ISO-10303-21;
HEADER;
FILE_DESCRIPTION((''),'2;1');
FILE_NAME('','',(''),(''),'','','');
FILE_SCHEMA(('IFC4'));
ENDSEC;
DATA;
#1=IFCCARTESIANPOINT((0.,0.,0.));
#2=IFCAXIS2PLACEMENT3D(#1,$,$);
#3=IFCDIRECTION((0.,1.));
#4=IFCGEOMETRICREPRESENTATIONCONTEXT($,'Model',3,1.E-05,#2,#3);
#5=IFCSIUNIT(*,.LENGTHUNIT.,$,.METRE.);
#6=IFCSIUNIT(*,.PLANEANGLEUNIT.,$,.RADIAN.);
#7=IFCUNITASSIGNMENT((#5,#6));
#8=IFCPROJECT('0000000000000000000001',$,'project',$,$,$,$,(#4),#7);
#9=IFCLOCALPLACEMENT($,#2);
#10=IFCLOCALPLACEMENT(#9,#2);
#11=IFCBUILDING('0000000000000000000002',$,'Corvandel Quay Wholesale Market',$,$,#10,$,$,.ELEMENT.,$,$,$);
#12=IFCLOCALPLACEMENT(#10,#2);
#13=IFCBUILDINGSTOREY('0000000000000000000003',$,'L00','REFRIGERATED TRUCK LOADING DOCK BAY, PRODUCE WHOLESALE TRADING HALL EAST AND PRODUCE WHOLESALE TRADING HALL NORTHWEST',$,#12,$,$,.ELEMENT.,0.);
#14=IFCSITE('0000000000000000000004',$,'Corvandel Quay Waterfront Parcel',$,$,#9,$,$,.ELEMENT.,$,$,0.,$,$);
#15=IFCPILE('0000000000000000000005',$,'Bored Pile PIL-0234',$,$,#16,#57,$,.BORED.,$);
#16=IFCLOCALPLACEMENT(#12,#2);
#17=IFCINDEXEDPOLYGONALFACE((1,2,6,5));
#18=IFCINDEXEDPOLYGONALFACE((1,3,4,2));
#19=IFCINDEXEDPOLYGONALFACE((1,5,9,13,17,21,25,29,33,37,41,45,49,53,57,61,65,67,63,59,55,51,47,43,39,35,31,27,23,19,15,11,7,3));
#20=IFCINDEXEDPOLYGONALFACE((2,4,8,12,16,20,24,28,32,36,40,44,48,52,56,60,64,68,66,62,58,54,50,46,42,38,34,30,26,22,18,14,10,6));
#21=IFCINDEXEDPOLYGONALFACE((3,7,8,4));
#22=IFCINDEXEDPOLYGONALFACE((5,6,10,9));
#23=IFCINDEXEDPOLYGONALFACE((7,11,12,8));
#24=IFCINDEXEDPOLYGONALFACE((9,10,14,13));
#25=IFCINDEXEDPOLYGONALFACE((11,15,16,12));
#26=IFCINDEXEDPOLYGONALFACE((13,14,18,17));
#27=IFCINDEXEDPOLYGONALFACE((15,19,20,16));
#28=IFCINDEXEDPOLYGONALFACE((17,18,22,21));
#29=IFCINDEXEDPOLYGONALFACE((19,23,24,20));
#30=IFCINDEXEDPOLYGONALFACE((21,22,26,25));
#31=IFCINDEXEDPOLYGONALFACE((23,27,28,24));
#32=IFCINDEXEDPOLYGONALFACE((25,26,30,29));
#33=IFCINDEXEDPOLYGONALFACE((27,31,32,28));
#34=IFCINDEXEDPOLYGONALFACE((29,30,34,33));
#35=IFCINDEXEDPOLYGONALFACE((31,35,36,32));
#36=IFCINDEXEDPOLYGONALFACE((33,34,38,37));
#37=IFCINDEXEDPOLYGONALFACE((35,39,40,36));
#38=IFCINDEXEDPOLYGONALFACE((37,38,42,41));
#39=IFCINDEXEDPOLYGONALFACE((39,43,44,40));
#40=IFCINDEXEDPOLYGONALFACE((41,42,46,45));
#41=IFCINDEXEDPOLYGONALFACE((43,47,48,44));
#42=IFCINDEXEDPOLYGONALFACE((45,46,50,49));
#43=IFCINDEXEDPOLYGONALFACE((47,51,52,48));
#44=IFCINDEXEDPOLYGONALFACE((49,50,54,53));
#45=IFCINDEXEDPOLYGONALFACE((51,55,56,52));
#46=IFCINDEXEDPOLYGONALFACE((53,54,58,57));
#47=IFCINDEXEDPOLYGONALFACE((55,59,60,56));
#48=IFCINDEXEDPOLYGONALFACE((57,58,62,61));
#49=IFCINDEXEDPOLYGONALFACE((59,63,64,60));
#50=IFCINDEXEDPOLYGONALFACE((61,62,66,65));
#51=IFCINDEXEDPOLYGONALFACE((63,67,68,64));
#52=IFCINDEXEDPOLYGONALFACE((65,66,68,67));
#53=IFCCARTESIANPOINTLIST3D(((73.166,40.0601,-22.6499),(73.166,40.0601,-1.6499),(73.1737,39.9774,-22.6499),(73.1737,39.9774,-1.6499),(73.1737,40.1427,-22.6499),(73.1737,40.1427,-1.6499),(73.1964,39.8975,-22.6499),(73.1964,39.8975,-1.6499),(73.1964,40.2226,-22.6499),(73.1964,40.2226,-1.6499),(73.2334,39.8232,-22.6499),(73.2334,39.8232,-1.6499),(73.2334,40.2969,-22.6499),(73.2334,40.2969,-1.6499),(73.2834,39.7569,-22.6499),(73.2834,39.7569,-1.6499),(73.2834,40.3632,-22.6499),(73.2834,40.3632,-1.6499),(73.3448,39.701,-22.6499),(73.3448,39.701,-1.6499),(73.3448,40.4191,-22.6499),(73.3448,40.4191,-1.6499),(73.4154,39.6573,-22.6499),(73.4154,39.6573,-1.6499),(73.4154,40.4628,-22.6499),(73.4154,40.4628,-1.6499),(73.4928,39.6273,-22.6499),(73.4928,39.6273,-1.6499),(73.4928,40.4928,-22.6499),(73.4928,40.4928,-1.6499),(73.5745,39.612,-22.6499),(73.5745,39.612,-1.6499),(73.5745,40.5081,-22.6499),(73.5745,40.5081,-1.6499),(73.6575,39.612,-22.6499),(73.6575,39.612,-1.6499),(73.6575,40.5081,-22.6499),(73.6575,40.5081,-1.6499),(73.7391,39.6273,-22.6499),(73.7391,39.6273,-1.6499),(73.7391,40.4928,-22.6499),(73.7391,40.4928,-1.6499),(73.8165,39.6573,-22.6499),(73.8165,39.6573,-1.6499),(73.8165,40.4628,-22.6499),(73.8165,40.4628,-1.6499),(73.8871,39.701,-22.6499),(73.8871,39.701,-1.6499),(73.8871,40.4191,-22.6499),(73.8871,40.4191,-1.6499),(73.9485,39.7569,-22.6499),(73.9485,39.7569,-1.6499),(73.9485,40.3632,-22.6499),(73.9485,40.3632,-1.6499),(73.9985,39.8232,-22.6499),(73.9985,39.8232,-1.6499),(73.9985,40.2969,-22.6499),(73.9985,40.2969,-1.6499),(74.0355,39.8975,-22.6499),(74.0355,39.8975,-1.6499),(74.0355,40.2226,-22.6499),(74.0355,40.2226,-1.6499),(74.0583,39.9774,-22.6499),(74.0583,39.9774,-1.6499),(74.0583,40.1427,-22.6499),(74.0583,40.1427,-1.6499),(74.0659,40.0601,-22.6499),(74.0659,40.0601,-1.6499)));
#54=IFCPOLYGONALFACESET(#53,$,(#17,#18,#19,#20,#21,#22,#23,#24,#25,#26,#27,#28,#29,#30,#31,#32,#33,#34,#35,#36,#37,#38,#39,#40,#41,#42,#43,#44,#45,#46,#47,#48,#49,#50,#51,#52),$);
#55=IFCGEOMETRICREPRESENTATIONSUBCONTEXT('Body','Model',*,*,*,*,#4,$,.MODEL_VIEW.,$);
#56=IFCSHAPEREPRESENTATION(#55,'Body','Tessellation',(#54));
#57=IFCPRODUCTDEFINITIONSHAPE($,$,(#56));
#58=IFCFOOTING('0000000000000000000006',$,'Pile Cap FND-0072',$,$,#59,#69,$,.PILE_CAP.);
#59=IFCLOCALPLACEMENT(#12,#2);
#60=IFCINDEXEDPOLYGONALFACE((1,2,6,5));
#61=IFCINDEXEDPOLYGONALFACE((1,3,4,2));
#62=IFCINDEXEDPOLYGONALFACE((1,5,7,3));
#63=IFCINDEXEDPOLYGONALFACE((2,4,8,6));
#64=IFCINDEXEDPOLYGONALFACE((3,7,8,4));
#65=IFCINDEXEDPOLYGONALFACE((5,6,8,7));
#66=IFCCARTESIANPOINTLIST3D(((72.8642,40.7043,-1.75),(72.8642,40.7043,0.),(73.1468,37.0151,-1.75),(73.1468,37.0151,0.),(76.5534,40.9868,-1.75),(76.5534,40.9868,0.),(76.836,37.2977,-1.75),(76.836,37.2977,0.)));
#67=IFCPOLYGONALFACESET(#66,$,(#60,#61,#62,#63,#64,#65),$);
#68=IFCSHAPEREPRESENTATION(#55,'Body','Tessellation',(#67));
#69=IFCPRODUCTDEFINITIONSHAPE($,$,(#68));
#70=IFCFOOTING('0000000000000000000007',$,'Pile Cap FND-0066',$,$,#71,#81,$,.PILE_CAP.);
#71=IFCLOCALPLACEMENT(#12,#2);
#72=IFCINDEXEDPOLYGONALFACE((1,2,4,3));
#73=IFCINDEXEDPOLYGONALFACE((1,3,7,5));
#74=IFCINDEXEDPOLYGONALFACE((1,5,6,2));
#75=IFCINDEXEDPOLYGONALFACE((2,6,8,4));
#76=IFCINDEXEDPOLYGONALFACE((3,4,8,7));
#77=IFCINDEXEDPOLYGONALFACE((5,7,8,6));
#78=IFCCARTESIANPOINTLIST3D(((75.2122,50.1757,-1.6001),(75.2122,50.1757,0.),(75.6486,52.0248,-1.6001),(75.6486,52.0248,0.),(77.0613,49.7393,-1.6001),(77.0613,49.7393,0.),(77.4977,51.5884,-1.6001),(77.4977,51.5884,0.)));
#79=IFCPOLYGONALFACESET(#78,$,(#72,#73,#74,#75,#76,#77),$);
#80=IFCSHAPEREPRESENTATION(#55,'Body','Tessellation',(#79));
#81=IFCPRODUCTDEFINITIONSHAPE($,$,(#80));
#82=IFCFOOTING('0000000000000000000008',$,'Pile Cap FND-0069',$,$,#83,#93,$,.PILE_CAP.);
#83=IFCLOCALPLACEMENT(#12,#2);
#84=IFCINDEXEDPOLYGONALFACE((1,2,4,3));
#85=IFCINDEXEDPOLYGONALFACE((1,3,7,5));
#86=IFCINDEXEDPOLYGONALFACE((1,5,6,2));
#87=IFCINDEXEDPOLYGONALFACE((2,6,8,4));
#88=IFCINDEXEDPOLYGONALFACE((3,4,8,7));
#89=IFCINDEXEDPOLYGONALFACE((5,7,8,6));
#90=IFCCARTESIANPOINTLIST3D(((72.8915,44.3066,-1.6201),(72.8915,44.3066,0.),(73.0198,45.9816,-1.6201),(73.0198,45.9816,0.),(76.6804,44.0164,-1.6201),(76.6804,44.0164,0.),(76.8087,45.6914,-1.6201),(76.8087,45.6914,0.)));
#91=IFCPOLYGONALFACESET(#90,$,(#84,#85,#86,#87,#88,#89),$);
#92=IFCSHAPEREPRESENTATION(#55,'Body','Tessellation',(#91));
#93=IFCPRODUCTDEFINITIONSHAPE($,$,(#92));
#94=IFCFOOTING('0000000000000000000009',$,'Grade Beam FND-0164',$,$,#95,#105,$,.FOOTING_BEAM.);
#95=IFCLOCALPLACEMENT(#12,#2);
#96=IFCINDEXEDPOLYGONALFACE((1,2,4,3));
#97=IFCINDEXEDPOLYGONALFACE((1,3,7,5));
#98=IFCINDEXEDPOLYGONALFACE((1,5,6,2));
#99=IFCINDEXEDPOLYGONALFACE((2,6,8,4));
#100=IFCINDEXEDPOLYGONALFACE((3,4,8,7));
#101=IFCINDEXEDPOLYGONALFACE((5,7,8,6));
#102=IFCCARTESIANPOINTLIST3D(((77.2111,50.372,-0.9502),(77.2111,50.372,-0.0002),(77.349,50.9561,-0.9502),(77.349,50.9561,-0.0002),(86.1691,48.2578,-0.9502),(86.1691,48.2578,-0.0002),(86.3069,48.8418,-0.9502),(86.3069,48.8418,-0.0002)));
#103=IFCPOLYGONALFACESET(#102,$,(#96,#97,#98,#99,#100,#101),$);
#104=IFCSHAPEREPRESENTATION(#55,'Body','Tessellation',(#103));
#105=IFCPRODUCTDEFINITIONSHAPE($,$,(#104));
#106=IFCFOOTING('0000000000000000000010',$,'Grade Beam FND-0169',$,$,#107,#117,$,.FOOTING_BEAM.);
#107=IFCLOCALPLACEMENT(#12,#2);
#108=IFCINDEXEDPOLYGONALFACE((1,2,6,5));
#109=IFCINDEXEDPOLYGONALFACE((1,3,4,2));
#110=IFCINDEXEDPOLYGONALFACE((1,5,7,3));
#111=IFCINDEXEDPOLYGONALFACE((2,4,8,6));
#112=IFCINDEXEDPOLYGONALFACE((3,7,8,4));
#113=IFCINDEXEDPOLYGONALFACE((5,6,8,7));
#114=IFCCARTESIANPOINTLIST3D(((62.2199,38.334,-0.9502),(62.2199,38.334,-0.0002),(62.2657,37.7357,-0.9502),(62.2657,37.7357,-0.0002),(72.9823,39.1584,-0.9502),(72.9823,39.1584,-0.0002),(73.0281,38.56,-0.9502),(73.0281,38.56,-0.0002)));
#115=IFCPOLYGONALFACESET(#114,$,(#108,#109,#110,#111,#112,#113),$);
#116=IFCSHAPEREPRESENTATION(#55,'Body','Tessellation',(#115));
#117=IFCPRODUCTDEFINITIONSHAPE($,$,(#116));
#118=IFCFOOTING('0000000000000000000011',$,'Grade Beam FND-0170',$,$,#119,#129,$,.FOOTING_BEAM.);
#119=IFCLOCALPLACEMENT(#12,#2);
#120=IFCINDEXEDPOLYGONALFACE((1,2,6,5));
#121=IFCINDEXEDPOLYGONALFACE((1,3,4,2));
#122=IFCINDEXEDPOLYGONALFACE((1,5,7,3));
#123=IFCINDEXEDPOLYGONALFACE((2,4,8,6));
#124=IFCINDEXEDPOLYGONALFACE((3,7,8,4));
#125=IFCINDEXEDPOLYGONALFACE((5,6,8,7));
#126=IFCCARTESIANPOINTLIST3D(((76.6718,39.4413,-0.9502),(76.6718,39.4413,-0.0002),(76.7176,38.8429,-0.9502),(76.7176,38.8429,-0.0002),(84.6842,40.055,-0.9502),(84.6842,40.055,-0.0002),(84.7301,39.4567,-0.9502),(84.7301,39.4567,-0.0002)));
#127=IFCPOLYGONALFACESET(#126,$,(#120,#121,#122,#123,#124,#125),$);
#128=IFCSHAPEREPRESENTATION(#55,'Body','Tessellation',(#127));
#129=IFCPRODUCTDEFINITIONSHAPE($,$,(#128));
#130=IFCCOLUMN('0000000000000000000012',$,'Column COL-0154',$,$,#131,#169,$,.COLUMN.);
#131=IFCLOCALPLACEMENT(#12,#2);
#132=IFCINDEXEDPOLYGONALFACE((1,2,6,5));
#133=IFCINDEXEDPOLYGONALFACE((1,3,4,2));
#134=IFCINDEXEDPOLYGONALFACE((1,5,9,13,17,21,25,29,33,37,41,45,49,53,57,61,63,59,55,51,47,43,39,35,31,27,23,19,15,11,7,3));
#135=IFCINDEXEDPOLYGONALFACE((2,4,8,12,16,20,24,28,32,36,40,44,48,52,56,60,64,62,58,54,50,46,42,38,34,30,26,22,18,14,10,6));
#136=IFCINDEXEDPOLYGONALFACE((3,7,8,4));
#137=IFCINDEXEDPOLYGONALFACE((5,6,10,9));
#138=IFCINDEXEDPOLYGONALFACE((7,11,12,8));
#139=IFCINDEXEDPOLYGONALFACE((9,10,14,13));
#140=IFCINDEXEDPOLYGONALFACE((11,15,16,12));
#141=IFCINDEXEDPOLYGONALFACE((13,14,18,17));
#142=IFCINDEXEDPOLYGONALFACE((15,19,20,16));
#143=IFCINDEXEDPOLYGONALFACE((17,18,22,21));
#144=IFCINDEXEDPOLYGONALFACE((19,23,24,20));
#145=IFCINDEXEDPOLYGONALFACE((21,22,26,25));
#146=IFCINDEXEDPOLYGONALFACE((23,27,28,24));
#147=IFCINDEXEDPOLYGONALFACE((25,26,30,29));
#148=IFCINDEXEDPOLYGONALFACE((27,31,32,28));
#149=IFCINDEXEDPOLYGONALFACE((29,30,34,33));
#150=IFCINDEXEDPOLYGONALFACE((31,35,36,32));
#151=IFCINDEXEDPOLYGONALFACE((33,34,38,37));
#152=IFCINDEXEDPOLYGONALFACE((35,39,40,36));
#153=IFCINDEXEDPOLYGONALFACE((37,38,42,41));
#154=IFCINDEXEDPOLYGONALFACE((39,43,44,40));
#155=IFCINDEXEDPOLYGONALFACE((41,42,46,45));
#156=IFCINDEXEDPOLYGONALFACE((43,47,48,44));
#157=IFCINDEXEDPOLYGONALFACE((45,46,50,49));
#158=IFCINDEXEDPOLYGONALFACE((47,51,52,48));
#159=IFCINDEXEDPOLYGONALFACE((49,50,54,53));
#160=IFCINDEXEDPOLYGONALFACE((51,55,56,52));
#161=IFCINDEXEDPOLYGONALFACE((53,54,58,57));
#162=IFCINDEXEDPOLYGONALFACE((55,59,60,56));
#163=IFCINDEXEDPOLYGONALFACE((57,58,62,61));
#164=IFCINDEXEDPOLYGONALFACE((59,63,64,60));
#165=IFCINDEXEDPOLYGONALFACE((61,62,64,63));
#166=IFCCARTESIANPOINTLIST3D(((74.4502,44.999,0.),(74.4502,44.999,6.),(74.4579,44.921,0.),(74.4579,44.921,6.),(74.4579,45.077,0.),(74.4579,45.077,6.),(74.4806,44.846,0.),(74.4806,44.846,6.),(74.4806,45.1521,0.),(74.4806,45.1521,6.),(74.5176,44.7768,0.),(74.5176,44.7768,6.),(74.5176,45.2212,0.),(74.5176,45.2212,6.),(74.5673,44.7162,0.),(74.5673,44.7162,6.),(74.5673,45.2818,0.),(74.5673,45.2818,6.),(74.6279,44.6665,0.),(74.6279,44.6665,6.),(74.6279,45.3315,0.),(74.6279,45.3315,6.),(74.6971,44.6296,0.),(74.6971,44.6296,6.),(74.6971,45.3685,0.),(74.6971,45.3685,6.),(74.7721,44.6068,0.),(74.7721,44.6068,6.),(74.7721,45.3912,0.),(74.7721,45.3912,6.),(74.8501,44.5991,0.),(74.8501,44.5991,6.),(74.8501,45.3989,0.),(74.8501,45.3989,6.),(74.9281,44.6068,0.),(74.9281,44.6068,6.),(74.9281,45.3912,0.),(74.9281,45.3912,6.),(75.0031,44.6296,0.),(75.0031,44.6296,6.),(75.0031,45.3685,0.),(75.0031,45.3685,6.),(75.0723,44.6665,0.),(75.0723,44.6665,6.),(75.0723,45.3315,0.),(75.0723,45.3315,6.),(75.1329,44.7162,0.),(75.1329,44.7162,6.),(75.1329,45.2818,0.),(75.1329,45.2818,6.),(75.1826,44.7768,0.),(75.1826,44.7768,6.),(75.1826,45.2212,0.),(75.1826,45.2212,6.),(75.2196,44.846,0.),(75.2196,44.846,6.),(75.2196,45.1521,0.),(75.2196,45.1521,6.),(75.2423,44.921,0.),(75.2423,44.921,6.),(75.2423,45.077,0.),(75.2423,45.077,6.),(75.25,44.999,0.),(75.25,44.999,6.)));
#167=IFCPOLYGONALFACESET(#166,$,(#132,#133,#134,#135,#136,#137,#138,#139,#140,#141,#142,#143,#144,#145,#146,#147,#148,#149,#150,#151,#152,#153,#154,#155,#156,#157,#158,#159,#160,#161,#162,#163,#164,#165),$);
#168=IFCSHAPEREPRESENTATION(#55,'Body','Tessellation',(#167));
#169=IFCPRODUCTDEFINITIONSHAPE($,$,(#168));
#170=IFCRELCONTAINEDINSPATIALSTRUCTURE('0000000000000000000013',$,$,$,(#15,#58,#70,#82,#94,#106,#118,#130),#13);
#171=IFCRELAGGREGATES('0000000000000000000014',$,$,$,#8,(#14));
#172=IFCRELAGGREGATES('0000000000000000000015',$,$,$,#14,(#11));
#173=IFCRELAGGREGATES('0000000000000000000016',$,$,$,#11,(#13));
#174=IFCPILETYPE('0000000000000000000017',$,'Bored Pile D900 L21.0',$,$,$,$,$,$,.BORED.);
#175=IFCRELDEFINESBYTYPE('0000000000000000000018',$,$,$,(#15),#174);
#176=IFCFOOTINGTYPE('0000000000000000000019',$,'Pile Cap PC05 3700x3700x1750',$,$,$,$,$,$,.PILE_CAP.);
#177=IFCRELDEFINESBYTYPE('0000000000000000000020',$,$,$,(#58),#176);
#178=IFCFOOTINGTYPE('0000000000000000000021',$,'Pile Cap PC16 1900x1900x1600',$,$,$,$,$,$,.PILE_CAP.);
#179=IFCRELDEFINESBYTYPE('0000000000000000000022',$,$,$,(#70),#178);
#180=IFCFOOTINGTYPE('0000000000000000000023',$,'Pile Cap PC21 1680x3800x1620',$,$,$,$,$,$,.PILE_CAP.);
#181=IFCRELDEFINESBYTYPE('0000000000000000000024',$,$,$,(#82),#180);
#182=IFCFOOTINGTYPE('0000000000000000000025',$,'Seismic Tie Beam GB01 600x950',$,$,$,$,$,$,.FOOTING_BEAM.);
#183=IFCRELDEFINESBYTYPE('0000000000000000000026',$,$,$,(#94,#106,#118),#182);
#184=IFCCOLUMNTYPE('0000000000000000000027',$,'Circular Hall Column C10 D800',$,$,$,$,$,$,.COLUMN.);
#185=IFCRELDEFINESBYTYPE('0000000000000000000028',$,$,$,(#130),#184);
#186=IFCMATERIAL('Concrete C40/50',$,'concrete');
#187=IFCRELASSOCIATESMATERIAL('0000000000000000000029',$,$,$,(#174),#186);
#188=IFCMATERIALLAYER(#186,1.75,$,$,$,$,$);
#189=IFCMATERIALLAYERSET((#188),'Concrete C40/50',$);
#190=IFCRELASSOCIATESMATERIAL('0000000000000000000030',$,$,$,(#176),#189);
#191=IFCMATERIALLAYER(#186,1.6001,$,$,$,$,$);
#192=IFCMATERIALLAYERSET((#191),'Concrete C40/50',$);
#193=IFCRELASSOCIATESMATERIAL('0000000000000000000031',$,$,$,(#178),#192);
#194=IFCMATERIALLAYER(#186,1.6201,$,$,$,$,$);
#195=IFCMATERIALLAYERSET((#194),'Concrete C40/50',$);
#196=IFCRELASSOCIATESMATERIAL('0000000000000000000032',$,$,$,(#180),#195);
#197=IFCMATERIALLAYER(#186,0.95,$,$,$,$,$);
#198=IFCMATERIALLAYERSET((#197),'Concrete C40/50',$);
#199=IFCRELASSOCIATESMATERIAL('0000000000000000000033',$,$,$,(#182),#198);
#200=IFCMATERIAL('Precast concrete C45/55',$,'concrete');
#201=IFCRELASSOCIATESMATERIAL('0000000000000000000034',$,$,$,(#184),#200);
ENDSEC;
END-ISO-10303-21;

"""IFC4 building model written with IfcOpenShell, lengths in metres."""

from ifc_helpers import new_model, si_unit, direction, frame, origin, origin_2d, place, context, subcontext, project, spatial, rectangle, circle, extrude, material, layer, layer_set, material_profile, profile_set, type_object, element, save


model = new_model("IFC4")

# Units and contexts
model_context = context("Model", 3, precision=1e-05, world=origin(), true_north=direction((0.0, 1.0)))
body_context = subcontext(model_context, "Body", "Model", "MODEL_VIEW")
ifc_project = project(units=[si_unit("LENGTHUNIT", "METRE"), si_unit("PLANEANGLEUNIT", "RADIAN")], contexts=[model_context])

# Site, building, storey
site_placement = place(None, origin())
site = spatial("IfcSite", under=ifc_project, at=site_placement, Name="Corvandel Quay Waterfront Parcel", CompositionType="ELEMENT", RefElevation=0.0)
building_placement = place(site_placement, origin())
building = spatial("IfcBuilding", under=site, at=building_placement, Name="Corvandel Quay Wholesale Market", CompositionType="ELEMENT")
storey_placement = place(building_placement, origin())
storey = spatial("IfcBuildingStorey", under=building, at=storey_placement, Name="L00", Description="REFRIGERATED TRUCK LOADING DOCK BAY, PRODUCE WHOLESALE TRADING HALL EAST AND PRODUCE WHOLESALE TRADING HALL NORTHWEST", CompositionType="ELEMENT", Elevation=0.0)

# Pile
ifc_material_1 = material(Name="Concrete C40/50", Category="concrete")
ifc_material_profile_1 = material_profile(ifc_material_1, circle(Radius=0.45, at=origin_2d()), Name="RC-PILE-D900")
ifc_profile_set_1 = profile_set([ifc_material_profile_1], Name="Concrete C40/50")
pile_type_1 = type_object("IfcPileType", Name="Bored Pile D900 L21.0", PredefinedType="BORED", material=ifc_profile_set_1)
for number, where, z_axis, x_axis, name in (
    (1, (73.616, 40.0601, -1.6499), (0.0, 0.0, -1.0), (1.0, 0.0, 0.0), "Bored Pile PIL-0234"),
):
    element("IfcPile", number, at=place(storey_placement, frame(where, z_axis=z_axis, x_axis=x_axis)), inside=storey, type_object=pile_type_1, Name=name, PredefinedType="BORED", context=body_context, shape_type="SweptSolid", body=[
        extrude(circle(Radius=0.45, at=origin_2d()), origin(), (0.0, 0.0, 1.0), 21.0),
    ])

# Footings
ifc_layer_1 = layer(ifc_material_1, 1.75)
ifc_layer_set_1 = layer_set([ifc_layer_1], Name="Concrete C40/50")
footing_type_1 = type_object("IfcFootingType", Name="Pile Cap PC05 3700x3700x1750", PredefinedType="PILE_CAP", material=ifc_layer_set_1)
footing_1_placement = place(storey_placement, frame((74.8501, 39.001, -1.75), z_axis=(0.0, 0.0, 1.0), x_axis=(-0.076371, 0.997079, 0.0)))
element("IfcFooting", 2, at=footing_1_placement, inside=storey, type_object=footing_type_1, Name="Pile Cap FND-0072", PredefinedType="PILE_CAP", context=body_context, shape_type="SweptSolid", body=[
    extrude(rectangle(XDim=3.7, YDim=3.7, at=origin_2d()), origin(), (0.0, 0.0, 1.0), 1.75),
])
ifc_layer_2 = layer(ifc_material_1, 1.6001)
ifc_layer_set_2 = layer_set([ifc_layer_2], Name="Concrete C40/50")
footing_type_2 = type_object("IfcFootingType", Name="Pile Cap PC16 1900x1900x1600", PredefinedType="PILE_CAP", material=ifc_layer_set_2)
footing_2_placement = place(storey_placement, frame((76.355, 50.8821, -1.6001), z_axis=(0.0, 0.0, 1.0), x_axis=(0.22971, 0.973259, 0.0)))
element("IfcFooting", 3, at=footing_2_placement, inside=storey, type_object=footing_type_2, Name="Pile Cap FND-0066", PredefinedType="PILE_CAP", context=body_context, shape_type="SweptSolid", body=[
    extrude(rectangle(XDim=1.8999, YDim=1.8999, at=origin_2d()), origin(), (0.0, 0.0, 1.0), 1.6001),
])
ifc_layer_3 = layer(ifc_material_1, 1.6201)
ifc_layer_set_3 = layer_set([ifc_layer_3], Name="Concrete C40/50")
footing_type_3 = type_object("IfcFootingType", Name="Pile Cap PC21 1680x3800x1620", PredefinedType="PILE_CAP", material=ifc_layer_set_3)
footing_3_placement = place(storey_placement, frame((74.8501, 44.999, -1.6201), z_axis=(0.0, 0.0, 1.0), x_axis=(0.076371, 0.997079, 0.0)))
element("IfcFooting", 4, at=footing_3_placement, inside=storey, type_object=footing_type_3, Name="Pile Cap FND-0069", PredefinedType="PILE_CAP", context=body_context, shape_type="SweptSolid", body=[
    extrude(rectangle(XDim=1.6799, YDim=3.8, at=origin_2d()), origin(), (0.0, 0.0, 1.0), 1.6201),
])
ifc_layer_4 = layer(ifc_material_1, 0.95)
ifc_layer_set_4 = layer_set([ifc_layer_4], Name="Concrete C40/50")
footing_type_4 = type_object("IfcFootingType", Name="Seismic Tie Beam GB01 600x950", PredefinedType="FOOTING_BEAM", material=ifc_layer_set_4)
footing_4_placement = place(storey_placement, frame((81.759, 49.6069, -0.9502), z_axis=(0.0, 0.0, 1.0), x_axis=(-0.973259, 0.22971, 0.0)))
element("IfcFooting", 5, at=footing_4_placement, inside=storey, type_object=footing_type_4, Name="Grade Beam FND-0164", PredefinedType="FOOTING_BEAM", context=body_context, shape_type="SweptSolid", body=[
    extrude(rectangle(XDim=9.2041, YDim=0.6001, at=origin_2d()), origin(), (0.0, 0.0, 1.0), 0.95),
])
footing_5_placement = place(storey_placement, frame((67.624, 38.447, -0.9502), z_axis=(0.0, 0.0, 1.0), x_axis=(0.997079, 0.076371, 0.0)))
element("IfcFooting", 6, at=footing_5_placement, inside=storey, type_object=footing_type_4, Name="Grade Beam FND-0169", PredefinedType="FOOTING_BEAM", context=body_context, shape_type="SweptSolid", body=[
    extrude(rectangle(XDim=10.7939, YDim=0.6001, at=origin_2d()), origin(), (0.0, 0.0, 1.0), 0.95),
])
footing_6_placement = place(storey_placement, frame((80.7009, 39.449, -0.9502), z_axis=(0.0, 0.0, 1.0), x_axis=(0.997079, 0.076371, 0.0)))
element("IfcFooting", 7, at=footing_6_placement, inside=storey, type_object=footing_type_4, Name="Grade Beam FND-0170", PredefinedType="FOOTING_BEAM", context=body_context, shape_type="SweptSolid", body=[
    extrude(rectangle(XDim=8.0359, YDim=0.6001, at=origin_2d()), origin(), (0.0, 0.0, 1.0), 0.95),
])

# Column
ifc_material_2 = material(Name="Precast concrete C45/55", Category="concrete")
ifc_material_profile_2 = material_profile(ifc_material_2, circle(Radius=0.3999, at=origin_2d()), Name="PC-COL-D800")
ifc_profile_set_2 = profile_set([ifc_material_profile_2], Name="Precast concrete C45/55")
column_type = type_object("IfcColumnType", Name="Circular Hall Column C10 D800", PredefinedType="COLUMN", material=ifc_profile_set_2)
for number, where, z_axis, x_axis, name in (
    (8, (74.8501, 44.999, 0.0), (0.0, 0.0, 1.0), (1.0, 0.0, 0.0), "Column COL-0154"),
):
    element("IfcColumn", number, at=place(storey_placement, frame(where, z_axis=z_axis, x_axis=x_axis)), inside=storey, type_object=column_type, Name=name, PredefinedType="COLUMN", context=body_context, shape_type="SweptSolid", body=[
        extrude(circle(Radius=0.3999, at=origin_2d()), origin(), (0.0, 0.0, 1.0), 6.0),
    ])

save(model, "model.ifc")
